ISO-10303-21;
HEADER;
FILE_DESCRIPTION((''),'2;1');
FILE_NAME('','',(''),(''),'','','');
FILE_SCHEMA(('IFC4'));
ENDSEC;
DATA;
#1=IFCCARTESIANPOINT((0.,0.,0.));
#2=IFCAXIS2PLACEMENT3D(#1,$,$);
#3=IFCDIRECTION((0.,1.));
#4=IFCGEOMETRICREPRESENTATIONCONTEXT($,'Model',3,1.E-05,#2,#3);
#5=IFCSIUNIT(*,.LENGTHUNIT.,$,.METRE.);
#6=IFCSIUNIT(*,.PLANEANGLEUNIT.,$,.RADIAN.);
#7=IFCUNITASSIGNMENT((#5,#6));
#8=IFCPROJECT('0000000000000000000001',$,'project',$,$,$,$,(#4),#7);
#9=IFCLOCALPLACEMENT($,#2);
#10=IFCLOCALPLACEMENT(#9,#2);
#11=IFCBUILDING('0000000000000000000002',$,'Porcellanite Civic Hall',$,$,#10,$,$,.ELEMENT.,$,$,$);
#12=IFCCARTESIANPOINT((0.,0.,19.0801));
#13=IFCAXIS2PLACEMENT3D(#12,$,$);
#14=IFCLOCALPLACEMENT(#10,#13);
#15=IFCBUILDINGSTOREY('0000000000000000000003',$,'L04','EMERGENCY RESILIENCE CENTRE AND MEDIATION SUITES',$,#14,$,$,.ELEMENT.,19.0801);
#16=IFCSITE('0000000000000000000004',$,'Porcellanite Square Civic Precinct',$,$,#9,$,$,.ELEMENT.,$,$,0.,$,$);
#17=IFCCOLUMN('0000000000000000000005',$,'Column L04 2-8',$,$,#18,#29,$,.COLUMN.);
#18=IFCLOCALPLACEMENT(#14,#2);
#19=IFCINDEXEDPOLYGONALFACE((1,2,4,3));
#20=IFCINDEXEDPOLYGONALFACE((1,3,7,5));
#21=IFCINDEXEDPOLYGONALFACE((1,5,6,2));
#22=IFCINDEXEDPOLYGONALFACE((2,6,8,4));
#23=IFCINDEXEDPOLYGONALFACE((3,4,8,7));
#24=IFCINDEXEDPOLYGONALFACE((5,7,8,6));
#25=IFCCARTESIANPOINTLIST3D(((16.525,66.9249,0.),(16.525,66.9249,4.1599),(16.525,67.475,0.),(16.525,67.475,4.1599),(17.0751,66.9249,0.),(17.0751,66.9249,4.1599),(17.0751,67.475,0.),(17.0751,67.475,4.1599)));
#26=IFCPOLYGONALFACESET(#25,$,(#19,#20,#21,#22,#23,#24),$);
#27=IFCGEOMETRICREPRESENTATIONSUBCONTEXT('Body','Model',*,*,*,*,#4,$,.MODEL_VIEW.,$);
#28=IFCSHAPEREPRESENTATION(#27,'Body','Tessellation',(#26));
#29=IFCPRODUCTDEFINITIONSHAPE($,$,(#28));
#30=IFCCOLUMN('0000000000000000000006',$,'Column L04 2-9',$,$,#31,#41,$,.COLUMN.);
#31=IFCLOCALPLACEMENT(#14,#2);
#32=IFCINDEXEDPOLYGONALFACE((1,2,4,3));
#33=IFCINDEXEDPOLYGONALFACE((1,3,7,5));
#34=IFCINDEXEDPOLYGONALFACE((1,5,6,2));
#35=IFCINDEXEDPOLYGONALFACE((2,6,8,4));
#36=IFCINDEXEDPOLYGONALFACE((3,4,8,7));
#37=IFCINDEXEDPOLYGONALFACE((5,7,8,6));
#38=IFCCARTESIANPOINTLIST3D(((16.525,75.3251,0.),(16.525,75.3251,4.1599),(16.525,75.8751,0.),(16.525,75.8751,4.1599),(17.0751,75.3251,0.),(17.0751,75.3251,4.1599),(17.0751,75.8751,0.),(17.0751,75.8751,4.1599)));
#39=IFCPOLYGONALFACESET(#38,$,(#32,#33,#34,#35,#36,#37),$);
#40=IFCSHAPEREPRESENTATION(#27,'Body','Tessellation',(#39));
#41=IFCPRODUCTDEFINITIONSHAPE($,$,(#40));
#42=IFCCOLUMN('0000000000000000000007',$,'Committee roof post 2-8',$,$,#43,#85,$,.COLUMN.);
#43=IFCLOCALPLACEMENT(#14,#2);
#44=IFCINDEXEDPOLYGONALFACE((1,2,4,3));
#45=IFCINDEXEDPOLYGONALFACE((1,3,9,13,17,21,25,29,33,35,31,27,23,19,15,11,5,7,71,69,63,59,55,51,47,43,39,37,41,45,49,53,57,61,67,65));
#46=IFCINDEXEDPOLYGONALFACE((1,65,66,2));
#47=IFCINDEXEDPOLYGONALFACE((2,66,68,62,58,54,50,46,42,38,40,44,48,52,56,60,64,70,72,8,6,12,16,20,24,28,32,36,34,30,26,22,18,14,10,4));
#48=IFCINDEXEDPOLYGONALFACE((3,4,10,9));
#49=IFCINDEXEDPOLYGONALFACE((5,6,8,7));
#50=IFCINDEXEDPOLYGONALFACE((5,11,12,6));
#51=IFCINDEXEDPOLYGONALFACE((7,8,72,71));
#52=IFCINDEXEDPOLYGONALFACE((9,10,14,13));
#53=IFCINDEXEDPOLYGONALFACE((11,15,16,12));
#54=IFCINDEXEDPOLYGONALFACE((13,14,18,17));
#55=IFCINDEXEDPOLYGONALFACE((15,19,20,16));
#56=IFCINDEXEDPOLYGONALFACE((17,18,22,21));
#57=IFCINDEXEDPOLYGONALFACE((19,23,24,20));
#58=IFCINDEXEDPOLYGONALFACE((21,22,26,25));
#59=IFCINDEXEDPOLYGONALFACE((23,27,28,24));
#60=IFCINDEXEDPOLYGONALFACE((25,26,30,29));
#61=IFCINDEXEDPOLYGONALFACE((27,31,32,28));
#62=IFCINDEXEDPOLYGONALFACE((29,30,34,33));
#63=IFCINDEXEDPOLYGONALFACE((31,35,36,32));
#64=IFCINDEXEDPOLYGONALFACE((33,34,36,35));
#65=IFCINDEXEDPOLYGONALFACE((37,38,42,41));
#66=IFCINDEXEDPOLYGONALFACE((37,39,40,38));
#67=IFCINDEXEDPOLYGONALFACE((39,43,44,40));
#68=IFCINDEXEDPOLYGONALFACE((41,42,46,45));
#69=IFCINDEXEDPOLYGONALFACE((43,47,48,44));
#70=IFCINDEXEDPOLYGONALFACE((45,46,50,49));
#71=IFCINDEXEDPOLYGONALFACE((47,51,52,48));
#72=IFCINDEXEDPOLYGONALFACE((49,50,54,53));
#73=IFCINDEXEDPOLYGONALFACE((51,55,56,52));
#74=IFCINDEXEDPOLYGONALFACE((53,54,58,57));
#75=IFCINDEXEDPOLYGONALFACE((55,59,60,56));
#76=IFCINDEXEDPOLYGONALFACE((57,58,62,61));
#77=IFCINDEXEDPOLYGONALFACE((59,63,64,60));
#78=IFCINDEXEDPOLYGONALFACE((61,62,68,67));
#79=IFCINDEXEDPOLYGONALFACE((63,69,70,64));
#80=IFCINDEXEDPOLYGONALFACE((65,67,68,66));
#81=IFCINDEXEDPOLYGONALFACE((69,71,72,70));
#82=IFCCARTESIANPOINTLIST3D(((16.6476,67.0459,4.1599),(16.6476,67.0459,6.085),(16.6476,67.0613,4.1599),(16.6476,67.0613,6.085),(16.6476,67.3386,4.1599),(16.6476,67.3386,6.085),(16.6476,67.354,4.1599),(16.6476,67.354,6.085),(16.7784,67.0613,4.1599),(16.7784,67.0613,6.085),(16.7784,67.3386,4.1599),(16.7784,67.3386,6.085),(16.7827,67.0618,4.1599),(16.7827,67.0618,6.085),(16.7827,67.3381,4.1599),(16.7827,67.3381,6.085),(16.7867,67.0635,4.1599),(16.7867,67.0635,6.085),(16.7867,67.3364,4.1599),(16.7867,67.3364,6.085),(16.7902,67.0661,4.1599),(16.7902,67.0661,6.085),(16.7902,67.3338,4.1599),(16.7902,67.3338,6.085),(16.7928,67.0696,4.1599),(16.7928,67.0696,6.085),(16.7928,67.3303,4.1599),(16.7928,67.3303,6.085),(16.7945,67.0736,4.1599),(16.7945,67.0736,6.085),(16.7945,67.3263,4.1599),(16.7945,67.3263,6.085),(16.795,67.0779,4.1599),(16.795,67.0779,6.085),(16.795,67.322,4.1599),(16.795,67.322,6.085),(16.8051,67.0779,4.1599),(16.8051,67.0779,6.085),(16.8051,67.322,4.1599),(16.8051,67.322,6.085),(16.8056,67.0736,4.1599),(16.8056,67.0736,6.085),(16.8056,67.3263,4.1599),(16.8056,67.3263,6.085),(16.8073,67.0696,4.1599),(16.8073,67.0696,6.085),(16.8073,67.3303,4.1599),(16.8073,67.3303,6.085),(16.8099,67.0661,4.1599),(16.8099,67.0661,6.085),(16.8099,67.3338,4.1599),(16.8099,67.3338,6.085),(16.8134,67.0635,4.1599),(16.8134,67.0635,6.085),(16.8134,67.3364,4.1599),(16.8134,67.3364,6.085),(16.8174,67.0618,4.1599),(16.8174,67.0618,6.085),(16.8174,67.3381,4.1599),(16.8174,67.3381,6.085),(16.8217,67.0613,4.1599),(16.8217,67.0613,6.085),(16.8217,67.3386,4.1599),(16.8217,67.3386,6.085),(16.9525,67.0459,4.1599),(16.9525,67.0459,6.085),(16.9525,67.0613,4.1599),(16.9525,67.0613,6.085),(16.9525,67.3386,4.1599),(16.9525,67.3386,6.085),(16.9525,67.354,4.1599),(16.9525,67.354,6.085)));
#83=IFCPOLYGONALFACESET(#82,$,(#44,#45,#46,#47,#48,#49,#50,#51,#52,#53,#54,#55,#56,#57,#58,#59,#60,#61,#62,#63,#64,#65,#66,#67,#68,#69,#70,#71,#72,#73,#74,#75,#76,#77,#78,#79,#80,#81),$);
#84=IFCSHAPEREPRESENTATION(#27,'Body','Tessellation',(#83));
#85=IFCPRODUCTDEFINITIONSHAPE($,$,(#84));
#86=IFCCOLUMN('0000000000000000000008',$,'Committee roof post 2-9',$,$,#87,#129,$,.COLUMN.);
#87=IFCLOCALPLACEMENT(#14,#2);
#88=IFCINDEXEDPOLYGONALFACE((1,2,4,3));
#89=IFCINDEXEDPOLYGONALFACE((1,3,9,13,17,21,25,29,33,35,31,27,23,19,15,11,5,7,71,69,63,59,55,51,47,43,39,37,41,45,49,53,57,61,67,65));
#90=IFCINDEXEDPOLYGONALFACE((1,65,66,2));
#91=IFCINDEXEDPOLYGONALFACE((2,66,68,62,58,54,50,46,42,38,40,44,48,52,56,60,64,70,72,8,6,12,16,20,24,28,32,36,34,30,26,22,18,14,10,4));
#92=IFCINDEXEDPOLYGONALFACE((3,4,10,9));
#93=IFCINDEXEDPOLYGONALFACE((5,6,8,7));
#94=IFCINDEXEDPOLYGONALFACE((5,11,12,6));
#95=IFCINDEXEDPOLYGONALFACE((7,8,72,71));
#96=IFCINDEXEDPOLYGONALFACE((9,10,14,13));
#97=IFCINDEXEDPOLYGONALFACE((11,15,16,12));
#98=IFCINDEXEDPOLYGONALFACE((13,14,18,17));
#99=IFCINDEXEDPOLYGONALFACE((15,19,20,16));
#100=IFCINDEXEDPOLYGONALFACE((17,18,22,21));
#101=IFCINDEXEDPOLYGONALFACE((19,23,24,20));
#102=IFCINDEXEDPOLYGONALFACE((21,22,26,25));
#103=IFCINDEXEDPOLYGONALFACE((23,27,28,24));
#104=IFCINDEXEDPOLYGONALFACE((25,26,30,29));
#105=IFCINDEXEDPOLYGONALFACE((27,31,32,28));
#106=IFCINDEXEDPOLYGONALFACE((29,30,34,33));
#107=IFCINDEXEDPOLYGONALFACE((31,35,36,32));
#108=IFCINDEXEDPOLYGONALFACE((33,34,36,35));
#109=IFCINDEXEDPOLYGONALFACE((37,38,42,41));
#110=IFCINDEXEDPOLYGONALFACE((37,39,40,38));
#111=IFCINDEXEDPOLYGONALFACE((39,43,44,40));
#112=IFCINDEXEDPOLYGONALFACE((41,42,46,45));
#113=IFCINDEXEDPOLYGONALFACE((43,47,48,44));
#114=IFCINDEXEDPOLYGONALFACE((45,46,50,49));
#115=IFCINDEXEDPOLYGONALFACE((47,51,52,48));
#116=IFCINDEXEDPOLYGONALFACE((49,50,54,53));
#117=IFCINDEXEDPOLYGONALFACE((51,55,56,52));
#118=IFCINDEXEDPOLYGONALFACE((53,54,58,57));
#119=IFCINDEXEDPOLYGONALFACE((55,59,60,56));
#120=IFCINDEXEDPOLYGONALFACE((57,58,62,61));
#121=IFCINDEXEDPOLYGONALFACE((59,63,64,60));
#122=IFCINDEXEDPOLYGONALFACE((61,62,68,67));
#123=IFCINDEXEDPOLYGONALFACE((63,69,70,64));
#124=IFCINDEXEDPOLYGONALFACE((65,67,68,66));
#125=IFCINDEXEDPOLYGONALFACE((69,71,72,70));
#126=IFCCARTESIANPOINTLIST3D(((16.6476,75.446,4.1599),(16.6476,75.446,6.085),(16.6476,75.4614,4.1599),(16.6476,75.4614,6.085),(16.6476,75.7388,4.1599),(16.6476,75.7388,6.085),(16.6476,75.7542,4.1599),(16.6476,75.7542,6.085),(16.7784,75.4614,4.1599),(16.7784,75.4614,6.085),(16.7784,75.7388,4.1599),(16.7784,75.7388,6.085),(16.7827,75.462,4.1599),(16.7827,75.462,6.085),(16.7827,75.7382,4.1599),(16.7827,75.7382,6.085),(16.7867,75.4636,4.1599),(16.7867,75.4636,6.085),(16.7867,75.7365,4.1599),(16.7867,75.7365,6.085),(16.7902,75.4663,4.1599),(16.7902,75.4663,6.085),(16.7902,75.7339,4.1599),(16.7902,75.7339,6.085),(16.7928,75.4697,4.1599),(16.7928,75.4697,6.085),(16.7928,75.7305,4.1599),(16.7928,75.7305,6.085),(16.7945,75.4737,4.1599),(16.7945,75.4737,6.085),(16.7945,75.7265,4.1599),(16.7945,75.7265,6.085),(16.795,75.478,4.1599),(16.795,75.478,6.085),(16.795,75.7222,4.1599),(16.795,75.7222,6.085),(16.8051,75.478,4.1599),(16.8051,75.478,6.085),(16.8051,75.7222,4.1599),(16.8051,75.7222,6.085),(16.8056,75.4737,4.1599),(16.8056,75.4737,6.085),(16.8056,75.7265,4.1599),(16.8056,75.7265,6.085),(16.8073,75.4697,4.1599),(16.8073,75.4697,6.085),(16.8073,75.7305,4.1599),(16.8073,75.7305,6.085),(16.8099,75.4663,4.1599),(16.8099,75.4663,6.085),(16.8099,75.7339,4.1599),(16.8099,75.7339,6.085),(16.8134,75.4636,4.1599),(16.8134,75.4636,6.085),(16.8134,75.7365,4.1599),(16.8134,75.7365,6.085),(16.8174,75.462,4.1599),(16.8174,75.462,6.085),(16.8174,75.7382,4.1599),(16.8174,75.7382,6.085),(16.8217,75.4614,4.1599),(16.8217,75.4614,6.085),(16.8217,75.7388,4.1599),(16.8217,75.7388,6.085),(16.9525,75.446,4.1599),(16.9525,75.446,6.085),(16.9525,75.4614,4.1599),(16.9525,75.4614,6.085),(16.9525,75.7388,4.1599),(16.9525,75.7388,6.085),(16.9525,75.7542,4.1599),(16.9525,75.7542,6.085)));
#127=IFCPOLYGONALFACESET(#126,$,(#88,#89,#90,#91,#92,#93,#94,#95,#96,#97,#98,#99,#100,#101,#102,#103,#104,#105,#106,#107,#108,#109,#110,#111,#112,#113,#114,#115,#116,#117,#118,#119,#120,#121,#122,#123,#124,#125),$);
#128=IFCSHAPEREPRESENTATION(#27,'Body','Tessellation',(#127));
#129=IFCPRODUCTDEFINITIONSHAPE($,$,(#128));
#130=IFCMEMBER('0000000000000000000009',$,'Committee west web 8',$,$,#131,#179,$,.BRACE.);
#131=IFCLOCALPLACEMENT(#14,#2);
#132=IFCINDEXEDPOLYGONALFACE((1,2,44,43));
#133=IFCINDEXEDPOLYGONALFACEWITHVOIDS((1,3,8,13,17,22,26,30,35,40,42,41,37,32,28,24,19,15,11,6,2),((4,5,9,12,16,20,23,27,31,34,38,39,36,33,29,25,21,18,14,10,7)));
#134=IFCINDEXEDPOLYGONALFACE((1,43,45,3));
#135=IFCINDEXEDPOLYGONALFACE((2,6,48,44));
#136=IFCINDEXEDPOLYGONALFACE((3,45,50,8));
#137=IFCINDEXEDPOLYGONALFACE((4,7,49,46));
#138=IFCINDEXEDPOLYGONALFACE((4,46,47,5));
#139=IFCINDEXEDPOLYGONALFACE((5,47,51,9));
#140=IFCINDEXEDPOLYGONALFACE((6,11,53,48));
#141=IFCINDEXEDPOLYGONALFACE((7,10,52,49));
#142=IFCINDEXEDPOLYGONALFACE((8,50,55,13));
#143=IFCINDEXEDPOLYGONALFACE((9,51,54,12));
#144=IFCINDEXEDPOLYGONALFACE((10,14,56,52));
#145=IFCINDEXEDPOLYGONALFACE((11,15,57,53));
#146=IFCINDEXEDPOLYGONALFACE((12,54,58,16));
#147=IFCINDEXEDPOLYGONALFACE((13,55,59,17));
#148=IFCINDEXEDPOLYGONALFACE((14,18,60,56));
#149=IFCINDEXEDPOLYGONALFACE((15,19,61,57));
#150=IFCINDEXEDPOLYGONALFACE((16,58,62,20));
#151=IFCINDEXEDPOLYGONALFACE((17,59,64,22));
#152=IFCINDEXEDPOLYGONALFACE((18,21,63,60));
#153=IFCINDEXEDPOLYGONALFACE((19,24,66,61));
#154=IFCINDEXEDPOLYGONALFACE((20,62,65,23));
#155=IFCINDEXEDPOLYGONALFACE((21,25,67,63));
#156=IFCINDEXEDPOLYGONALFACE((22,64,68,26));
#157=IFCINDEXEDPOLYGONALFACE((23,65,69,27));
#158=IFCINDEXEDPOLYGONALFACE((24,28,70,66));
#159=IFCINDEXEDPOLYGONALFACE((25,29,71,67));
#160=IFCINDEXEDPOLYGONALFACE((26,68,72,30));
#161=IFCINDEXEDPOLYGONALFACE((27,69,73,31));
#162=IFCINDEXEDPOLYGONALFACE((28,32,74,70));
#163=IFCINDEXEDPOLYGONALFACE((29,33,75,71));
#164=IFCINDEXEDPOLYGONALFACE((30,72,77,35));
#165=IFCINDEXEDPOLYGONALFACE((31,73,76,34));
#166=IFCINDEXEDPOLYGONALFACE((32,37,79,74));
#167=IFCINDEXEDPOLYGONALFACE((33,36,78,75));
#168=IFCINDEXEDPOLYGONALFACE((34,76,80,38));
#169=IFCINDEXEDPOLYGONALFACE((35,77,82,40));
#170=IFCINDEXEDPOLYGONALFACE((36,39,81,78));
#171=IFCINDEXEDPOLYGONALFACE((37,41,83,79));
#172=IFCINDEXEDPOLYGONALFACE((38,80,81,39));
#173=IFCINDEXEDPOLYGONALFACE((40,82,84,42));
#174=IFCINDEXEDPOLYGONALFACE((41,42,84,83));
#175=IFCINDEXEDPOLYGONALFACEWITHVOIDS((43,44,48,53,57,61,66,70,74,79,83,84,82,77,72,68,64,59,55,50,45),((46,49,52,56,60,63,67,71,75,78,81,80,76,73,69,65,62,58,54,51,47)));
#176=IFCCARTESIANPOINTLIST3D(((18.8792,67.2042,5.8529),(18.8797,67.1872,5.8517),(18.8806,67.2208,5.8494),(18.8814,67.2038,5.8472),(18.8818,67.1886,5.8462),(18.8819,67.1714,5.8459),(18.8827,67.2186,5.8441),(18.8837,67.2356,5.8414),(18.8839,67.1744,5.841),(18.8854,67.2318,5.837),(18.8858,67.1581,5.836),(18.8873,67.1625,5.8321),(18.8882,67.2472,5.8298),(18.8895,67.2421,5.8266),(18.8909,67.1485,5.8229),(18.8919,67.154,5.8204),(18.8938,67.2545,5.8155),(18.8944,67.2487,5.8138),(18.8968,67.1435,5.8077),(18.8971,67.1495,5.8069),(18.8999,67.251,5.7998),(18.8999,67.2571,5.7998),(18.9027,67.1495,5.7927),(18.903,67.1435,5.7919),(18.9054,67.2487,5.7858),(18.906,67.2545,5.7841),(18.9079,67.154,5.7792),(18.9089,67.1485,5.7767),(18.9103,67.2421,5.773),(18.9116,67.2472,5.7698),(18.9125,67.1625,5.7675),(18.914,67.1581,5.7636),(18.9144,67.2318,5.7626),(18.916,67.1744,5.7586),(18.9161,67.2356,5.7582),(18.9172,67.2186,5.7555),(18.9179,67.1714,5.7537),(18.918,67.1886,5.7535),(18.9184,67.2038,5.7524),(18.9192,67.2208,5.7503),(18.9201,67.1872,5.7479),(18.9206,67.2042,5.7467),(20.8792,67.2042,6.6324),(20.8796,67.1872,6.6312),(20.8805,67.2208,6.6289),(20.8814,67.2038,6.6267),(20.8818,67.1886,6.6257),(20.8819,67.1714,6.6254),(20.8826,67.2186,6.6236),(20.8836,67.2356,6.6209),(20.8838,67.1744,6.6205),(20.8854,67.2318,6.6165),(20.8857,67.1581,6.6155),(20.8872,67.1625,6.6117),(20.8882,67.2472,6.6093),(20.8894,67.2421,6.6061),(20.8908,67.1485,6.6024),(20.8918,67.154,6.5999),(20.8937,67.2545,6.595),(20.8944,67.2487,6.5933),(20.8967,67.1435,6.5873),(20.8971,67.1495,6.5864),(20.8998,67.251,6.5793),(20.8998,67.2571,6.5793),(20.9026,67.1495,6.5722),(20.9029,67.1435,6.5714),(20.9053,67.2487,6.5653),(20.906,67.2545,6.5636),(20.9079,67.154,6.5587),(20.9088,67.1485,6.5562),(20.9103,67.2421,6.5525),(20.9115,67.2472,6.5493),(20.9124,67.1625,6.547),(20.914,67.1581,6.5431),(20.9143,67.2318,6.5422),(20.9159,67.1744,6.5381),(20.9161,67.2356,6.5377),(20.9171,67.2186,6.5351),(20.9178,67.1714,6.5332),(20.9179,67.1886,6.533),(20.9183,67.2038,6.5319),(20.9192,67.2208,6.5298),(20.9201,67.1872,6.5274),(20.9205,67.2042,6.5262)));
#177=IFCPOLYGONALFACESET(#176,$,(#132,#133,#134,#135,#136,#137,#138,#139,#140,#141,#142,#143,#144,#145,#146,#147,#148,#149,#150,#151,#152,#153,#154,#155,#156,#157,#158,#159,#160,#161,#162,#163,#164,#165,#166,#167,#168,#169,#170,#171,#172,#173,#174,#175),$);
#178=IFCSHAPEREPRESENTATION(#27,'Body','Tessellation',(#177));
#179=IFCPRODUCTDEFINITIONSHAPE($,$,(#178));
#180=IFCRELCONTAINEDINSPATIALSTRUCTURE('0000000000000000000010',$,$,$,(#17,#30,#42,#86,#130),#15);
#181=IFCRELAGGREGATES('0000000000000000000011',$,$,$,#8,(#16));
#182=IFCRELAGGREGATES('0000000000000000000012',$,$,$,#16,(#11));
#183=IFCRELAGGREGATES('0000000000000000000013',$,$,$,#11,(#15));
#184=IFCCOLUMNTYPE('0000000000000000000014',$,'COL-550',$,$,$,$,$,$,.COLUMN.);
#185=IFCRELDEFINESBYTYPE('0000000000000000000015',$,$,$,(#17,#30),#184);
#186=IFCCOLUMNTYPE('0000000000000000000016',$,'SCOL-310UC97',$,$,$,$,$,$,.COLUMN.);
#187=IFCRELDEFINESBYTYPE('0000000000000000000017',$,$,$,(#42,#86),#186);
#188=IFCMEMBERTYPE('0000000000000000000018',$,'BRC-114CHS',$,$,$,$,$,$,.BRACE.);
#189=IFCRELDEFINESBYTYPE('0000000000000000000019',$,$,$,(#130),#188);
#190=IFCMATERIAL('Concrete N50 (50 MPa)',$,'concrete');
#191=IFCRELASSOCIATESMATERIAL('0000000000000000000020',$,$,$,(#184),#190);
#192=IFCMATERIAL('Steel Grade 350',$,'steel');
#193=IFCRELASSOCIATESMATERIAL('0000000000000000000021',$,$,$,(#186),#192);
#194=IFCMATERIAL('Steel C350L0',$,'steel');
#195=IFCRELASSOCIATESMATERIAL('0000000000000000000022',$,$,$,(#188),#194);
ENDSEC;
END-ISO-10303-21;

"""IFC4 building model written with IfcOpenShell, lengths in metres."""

from ifc_helpers import new_model, si_unit, direction, frame, origin, origin_2d, place, context, subcontext, project, spatial, rectangle, hollow_circle, i_section, extrude, material, material_profile, profile_set, type_object, element, save


model = new_model("IFC4")

# Units and contexts
model_context = context("Model", 3, precision=1e-05, world=origin(), true_north=direction((0.0, 1.0)))
body_context = subcontext(model_context, "Body", "Model", "MODEL_VIEW")
ifc_project = project(units=[si_unit("LENGTHUNIT", "METRE"), si_unit("PLANEANGLEUNIT", "RADIAN")], contexts=[model_context])

# Site, building, storey
site_placement = place(None, origin())
site = spatial("IfcSite", under=ifc_project, at=site_placement, Name="Porcellanite Square Civic Precinct", CompositionType="ELEMENT", RefElevation=0.0)
building_placement = place(site_placement, origin())
building = spatial("IfcBuilding", under=site, at=building_placement, Name="Porcellanite Civic Hall", CompositionType="ELEMENT")
storey_placement = place(building_placement, frame((0.0, 0.0, 19.0801)))
storey = spatial("IfcBuildingStorey", under=building, at=storey_placement, Name="L04", Description="EMERGENCY RESILIENCE CENTRE AND MEDIATION SUITES", CompositionType="ELEMENT", Elevation=19.0801)

# Columns
ifc_material_1 = material(Name="Concrete N50 (50 MPa)", Category="concrete")
ifc_material_profile_1 = material_profile(ifc_material_1, rectangle(XDim=0.55, YDim=0.55, at=origin_2d()), Name="RC-550x550")
ifc_profile_set_1 = profile_set([ifc_material_profile_1], Name="Concrete N50 (50 MPa)")
column_type_1 = type_object("IfcColumnType", Name="COL-550", PredefinedType="COLUMN", material=ifc_profile_set_1)
for number, where, z_axis, x_axis, name in (
    (1, (16.8, 67.2, 0.0), (0.0, 0.0, 1.0), (1.0, 0.0, 0.0), "Column L04 2-8"),
    (2, (16.8, 75.6001, 0.0), (0.0, 0.0, 1.0), (1.0, 0.0, 0.0), "Column L04 2-9"),
):
    element("IfcColumn", number, at=place(storey_placement, frame(where, z_axis=z_axis, x_axis=x_axis)), inside=storey, type_object=column_type_1, Name=name, PredefinedType="COLUMN", context=body_context, shape_type="SweptSolid", body=[
        extrude(rectangle(XDim=0.55, YDim=0.55, at=origin_2d()), origin(), (0.0, 0.0, 1.0), 4.1599),
    ])
ifc_material_2 = material(Name="Steel Grade 350", Category="steel")
ifc_material_profile_2 = material_profile(ifc_material_2, i_section(OverallWidth=0.3049, OverallDepth=0.3081, WebThickness=0.01, FlangeThickness=0.0154, FilletRadius=0.0166, at=origin_2d()), Name="310UC96.8")
ifc_profile_set_2 = profile_set([ifc_material_profile_2], Name="Steel Grade 350")
column_type_2 = type_object("IfcColumnType", Name="SCOL-310UC97", PredefinedType="COLUMN", material=ifc_profile_set_2)
for number, where, z_axis, x_axis, name in (
    (3, (16.8, 67.2, 4.1599), (0.0, 0.0, 1.0), (1.0, 0.0, 0.0), "Committee roof post 2-8"),
    (4, (16.8, 75.6001, 4.1599), (0.0, 0.0, 1.0), (1.0, 0.0, 0.0), "Committee roof post 2-9"),
):
    element("IfcColumn", number, at=place(storey_placement, frame(where, z_axis=z_axis, x_axis=x_axis)), inside=storey, type_object=column_type_2, Name=name, PredefinedType="COLUMN", context=body_context, shape_type="SweptSolid", body=[
        extrude(i_section(OverallWidth=0.3049, OverallDepth=0.3081, WebThickness=0.01, FlangeThickness=0.0154, FilletRadius=0.0166, at=origin_2d()), origin(), (0.0, 0.0, 1.0), 1.925),
    ])

# Member
ifc_material_3 = material(Name="Steel C350L0", Category="steel")
ifc_material_profile_3 = material_profile(ifc_material_3, hollow_circle(Radius=0.0571, WallThickness=0.0061, at=origin_2d()), Name="114.3x6.0CHS")
ifc_profile_set_3 = profile_set([ifc_material_profile_3], Name="Steel C350L0")
member_type_1 = type_object("IfcMemberType", Name="BRC-114CHS", PredefinedType="BRACE", material=ifc_profile_set_3)
for number, where, z_axis, x_axis, name in (
    (5, (18.8999, 67.2, 5.7998), (0.931727, 0.0, 0.36316), (0.0, 1.0, 0.0), "Committee west web 8"),
):
    element("IfcMember", number, at=place(storey_placement, frame(where, z_axis=z_axis, x_axis=x_axis)), inside=storey, type_object=member_type_1, Name=name, PredefinedType="BRACE", context=body_context, shape_type="SweptSolid", body=[
        extrude(hollow_circle(Radius=0.0571, WallThickness=0.0061, at=origin_2d()), origin(), (0.0, 0.0, 1.0), 2.1465),
    ])

save(model, "model.ifc")
